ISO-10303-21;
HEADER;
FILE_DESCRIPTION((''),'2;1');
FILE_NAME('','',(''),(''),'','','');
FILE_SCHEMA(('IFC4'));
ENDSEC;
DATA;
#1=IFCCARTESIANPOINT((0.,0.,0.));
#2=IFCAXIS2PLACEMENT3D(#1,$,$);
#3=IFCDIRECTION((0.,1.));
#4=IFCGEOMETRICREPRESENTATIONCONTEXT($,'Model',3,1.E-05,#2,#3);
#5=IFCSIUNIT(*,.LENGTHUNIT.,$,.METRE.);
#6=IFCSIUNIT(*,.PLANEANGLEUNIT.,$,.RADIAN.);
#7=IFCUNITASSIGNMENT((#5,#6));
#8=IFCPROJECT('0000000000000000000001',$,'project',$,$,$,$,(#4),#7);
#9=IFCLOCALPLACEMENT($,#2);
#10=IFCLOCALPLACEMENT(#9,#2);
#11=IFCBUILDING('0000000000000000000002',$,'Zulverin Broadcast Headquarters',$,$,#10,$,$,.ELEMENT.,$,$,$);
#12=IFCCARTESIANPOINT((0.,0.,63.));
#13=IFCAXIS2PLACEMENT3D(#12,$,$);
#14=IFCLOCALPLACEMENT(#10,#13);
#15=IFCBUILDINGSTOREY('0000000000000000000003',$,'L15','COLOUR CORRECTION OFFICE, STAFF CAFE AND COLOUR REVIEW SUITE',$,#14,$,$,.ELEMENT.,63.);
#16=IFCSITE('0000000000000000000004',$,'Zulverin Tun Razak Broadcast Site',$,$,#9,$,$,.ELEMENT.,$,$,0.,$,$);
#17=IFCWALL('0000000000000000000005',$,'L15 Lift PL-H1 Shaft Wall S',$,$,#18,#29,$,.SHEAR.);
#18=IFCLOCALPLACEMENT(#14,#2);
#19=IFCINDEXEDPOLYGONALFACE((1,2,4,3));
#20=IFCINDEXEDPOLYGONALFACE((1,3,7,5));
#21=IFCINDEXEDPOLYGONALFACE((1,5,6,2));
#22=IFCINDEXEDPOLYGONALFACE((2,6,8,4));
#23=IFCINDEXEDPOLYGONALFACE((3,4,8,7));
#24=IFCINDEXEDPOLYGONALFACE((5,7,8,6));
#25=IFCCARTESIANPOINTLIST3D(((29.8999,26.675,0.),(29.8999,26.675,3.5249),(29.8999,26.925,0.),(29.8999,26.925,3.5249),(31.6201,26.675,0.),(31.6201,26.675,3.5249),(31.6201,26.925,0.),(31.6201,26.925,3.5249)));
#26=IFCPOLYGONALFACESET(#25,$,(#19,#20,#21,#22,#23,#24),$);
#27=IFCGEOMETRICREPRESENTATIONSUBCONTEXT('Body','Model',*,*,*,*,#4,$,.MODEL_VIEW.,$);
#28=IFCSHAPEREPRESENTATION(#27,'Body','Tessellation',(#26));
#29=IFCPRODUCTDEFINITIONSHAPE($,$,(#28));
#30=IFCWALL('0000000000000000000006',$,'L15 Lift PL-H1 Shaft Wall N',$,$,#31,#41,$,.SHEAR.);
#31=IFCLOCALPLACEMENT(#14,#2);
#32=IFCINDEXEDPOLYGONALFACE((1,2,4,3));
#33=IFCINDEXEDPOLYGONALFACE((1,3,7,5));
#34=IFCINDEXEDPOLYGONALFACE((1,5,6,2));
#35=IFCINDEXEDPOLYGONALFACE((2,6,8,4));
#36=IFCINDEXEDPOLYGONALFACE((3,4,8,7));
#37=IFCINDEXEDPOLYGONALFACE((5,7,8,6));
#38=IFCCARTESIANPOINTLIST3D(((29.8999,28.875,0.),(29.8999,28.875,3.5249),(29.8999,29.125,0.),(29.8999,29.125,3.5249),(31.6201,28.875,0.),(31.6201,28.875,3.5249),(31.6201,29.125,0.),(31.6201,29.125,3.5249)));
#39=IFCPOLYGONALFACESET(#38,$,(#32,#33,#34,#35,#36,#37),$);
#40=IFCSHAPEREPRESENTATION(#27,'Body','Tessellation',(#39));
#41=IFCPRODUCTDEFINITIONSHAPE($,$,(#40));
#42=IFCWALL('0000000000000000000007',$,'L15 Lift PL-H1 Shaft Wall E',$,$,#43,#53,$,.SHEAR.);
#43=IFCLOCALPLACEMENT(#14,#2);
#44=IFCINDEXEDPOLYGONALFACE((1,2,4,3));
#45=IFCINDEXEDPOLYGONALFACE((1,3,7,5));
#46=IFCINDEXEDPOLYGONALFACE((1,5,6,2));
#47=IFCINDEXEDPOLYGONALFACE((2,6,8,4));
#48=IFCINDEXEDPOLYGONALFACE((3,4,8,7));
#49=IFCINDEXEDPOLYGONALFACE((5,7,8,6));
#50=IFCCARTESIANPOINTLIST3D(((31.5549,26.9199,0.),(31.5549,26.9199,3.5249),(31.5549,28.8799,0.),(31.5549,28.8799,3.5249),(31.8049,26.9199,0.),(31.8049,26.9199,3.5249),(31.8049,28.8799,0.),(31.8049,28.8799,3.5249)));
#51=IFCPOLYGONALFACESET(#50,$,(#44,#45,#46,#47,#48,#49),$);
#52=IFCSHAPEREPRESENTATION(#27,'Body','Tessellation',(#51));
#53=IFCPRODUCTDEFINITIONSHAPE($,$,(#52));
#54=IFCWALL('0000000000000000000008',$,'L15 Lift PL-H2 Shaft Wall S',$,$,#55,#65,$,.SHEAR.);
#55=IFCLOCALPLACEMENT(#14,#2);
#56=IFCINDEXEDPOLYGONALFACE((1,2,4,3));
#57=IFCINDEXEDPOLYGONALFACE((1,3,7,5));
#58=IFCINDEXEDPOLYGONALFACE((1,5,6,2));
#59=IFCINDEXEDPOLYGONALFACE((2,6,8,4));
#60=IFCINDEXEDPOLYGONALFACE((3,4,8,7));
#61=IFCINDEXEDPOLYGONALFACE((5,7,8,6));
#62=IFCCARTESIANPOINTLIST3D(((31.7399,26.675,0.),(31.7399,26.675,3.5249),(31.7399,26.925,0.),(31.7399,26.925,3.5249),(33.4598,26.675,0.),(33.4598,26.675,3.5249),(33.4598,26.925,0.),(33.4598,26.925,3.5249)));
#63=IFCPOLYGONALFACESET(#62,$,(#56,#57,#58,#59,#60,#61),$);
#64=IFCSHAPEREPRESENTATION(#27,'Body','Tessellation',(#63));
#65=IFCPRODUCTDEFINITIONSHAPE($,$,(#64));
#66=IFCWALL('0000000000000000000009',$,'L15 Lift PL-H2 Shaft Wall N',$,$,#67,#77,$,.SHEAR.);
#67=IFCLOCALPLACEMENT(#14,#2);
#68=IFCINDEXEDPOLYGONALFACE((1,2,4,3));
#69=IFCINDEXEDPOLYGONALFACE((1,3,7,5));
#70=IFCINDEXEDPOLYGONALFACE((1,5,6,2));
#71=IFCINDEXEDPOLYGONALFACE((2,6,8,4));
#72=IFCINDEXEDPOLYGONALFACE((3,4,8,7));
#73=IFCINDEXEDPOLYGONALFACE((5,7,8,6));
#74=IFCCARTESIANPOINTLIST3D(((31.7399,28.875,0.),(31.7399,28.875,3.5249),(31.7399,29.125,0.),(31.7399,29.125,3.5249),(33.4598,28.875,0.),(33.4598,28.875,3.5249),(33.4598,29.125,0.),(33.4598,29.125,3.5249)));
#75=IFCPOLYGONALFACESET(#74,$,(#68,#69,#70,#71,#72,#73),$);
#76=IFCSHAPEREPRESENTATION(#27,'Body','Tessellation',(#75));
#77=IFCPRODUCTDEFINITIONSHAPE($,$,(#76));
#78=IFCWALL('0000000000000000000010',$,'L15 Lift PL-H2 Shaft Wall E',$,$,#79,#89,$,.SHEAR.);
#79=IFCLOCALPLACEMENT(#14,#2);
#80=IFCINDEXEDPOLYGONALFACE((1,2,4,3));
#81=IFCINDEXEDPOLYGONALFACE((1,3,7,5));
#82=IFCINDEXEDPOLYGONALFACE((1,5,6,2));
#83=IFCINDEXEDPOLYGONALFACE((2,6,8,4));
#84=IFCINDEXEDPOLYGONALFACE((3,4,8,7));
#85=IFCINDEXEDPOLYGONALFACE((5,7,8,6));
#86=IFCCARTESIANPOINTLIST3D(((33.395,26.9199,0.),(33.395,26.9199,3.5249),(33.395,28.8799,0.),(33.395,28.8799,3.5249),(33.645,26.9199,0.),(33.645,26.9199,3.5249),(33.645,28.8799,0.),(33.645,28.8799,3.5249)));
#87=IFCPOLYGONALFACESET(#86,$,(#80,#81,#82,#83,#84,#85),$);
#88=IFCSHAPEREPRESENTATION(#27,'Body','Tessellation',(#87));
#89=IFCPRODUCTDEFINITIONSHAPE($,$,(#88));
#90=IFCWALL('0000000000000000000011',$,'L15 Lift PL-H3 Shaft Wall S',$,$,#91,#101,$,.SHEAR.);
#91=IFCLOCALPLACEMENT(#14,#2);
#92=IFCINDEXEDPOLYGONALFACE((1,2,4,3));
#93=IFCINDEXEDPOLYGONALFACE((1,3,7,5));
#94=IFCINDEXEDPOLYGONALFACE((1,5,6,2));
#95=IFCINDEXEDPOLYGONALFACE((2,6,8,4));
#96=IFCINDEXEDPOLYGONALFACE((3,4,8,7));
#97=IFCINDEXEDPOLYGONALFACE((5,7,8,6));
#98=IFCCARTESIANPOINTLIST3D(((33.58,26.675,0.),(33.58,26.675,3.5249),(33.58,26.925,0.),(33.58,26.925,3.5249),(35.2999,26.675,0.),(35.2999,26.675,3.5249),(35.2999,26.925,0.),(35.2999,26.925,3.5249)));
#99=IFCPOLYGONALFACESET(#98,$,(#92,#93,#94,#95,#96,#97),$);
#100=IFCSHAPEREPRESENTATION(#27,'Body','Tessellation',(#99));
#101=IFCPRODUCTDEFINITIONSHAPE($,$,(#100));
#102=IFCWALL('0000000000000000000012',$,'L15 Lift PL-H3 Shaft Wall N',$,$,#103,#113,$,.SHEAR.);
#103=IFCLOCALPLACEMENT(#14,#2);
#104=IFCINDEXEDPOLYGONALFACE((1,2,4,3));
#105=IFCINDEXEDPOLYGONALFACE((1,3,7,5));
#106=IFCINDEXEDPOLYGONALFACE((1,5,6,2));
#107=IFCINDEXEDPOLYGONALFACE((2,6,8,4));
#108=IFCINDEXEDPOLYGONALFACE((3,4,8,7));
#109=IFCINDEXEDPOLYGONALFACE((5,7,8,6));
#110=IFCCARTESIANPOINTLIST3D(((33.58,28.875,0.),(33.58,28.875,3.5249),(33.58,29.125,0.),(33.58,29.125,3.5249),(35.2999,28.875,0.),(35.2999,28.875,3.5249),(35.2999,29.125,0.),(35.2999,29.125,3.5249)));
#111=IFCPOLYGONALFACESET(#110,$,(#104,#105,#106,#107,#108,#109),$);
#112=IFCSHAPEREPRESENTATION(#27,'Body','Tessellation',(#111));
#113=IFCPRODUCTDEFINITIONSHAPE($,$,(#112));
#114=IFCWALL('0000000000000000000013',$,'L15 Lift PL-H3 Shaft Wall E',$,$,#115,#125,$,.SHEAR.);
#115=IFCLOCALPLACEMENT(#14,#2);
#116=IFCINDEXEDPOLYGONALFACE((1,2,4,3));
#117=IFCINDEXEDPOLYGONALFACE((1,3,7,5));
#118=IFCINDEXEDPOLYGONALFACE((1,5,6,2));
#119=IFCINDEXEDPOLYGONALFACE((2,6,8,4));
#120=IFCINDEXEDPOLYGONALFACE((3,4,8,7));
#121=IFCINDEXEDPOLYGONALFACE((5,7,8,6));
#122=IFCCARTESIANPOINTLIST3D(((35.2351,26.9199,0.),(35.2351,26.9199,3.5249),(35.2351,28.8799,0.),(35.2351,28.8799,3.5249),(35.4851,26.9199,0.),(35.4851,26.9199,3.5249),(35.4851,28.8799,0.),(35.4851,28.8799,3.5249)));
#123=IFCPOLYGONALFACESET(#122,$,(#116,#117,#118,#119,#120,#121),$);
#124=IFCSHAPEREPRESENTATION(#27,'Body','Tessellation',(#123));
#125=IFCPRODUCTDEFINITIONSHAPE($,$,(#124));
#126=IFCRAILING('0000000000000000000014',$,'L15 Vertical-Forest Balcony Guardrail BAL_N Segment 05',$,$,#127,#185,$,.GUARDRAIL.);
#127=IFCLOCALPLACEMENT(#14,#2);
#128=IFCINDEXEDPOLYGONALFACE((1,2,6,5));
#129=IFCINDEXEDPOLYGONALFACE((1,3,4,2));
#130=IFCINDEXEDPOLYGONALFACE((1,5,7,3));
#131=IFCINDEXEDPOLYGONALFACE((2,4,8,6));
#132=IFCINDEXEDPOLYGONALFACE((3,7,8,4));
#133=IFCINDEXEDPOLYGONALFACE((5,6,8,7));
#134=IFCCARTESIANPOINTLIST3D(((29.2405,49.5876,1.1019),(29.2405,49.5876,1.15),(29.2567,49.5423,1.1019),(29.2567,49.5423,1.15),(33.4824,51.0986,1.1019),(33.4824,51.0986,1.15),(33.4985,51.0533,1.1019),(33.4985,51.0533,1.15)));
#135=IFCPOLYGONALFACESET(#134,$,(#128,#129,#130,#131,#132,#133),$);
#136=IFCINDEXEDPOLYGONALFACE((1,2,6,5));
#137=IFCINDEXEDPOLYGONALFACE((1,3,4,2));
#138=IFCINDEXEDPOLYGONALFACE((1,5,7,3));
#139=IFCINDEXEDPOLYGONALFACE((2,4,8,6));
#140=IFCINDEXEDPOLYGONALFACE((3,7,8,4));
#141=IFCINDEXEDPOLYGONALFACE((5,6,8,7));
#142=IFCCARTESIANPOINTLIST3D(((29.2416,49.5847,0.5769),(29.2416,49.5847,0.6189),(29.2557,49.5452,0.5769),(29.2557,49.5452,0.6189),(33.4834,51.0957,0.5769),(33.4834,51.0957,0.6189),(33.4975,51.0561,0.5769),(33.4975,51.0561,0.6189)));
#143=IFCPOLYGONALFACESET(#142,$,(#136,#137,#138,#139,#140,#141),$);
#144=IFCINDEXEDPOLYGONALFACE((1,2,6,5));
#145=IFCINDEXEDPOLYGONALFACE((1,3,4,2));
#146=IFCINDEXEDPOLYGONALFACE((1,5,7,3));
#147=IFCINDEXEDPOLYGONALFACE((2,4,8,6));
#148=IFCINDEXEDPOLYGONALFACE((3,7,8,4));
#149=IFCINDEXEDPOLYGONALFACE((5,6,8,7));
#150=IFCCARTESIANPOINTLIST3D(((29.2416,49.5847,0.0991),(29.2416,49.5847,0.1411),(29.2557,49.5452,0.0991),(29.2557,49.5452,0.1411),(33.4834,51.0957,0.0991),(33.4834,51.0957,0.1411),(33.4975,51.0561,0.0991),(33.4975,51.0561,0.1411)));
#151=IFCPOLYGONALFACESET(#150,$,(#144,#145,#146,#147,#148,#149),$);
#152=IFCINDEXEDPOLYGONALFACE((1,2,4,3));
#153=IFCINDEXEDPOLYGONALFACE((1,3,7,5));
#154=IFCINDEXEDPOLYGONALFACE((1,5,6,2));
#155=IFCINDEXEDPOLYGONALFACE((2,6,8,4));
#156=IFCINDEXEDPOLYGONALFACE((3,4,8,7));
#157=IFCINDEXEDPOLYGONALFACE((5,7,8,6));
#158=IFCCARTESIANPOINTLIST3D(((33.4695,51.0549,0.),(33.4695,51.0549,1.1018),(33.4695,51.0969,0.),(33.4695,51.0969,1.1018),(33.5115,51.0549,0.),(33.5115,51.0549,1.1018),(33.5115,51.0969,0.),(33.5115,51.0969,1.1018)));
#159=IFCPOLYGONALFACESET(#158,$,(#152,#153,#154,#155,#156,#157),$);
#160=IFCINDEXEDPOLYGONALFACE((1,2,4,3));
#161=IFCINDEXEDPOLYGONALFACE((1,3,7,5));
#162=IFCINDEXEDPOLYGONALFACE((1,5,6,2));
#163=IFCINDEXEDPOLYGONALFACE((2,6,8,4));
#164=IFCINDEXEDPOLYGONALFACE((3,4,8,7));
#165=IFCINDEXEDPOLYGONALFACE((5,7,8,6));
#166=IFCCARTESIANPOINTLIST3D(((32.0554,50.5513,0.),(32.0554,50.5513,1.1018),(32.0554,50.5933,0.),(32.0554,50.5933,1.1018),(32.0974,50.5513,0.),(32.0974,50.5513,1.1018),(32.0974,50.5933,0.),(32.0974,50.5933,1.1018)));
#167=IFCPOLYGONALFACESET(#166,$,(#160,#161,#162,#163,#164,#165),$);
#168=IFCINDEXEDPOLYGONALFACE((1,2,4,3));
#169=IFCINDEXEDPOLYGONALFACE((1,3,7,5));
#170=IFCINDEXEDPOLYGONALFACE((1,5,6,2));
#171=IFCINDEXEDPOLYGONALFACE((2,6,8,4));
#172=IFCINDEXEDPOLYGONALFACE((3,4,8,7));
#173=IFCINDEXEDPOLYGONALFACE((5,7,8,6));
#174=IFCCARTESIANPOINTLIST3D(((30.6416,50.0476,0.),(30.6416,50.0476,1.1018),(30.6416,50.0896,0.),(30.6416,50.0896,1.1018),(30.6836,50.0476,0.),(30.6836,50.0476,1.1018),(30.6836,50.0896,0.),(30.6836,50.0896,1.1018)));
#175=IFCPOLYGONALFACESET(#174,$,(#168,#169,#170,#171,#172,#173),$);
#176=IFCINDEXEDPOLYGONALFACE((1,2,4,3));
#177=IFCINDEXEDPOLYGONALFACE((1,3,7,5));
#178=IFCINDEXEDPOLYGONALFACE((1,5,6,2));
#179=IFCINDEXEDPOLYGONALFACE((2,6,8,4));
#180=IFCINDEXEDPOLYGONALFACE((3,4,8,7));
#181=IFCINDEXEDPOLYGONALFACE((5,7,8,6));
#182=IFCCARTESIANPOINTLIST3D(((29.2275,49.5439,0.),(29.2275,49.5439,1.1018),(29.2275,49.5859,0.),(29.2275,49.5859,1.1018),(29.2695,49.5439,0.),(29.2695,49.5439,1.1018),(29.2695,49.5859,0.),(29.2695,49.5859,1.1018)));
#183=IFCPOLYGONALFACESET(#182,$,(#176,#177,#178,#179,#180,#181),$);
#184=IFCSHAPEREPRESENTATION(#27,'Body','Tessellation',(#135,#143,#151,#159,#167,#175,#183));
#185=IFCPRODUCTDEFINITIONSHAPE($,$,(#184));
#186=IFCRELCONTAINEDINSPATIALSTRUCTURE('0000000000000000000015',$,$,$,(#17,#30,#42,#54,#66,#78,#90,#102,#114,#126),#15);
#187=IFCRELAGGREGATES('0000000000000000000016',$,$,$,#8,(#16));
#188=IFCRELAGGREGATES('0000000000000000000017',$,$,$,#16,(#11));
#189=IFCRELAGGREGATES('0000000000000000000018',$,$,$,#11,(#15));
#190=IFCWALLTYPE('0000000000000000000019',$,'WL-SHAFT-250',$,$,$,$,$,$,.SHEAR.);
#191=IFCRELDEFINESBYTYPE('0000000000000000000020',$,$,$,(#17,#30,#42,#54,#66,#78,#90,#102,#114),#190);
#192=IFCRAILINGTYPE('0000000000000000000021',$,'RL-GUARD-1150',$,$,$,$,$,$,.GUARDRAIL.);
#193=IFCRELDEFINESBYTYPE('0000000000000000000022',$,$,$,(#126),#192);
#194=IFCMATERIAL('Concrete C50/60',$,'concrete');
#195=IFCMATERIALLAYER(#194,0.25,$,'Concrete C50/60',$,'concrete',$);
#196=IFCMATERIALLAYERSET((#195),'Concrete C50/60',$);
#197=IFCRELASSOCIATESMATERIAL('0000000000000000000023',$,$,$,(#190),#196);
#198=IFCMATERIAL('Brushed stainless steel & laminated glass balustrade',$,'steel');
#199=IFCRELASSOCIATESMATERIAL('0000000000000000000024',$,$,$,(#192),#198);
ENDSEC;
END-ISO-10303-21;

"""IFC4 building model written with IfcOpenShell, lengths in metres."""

from ifc_helpers import new_model, si_unit, direction, frame, frame_2d, origin, origin_2d, place, context, subcontext, project, spatial, rectangle, extrude, material, layer, layer_set, type_object, element, save


model = new_model("IFC4")

# Units and contexts
model_context = context("Model", 3, precision=1e-05, world=origin(), true_north=direction((0.0, 1.0)))
body_context = subcontext(model_context, "Body", "Model", "MODEL_VIEW")
ifc_project = project(units=[si_unit("LENGTHUNIT", "METRE"), si_unit("PLANEANGLEUNIT", "RADIAN")], contexts=[model_context])

# Site, building, storey
site_placement = place(None, origin())
site = spatial("IfcSite", under=ifc_project, at=site_placement, Name="Zulverin Tun Razak Broadcast Site", CompositionType="ELEMENT", RefElevation=0.0)
building_placement = place(site_placement, origin())
building = spatial("IfcBuilding", under=site, at=building_placement, Name="Zulverin Broadcast Headquarters", CompositionType="ELEMENT")
storey_placement = place(building_placement, frame((0.0, 0.0, 63.0)))
storey = spatial("IfcBuildingStorey", under=building, at=storey_placement, Name="L15", Description="COLOUR CORRECTION OFFICE, STAFF CAFE AND COLOUR REVIEW SUITE", CompositionType="ELEMENT", Elevation=63.0)

# Shared definitions
ifc_material_1 = material(Name="Concrete C50/60", Category="concrete")
ifc_layer_1 = layer(ifc_material_1, 0.25, Name="Concrete C50/60", Category="concrete")
ifc_layer_set_1 = layer_set([ifc_layer_1], Name="Concrete C50/60")
wall_type_1 = type_object("IfcWallType", Name="WL-SHAFT-250", PredefinedType="SHEAR", material=ifc_layer_set_1)

# Walls
for number, where, z_axis, x_axis, name in (
    (1, (29.8999, 26.8, 0.0), (0.0, 0.0, 1.0), (1.0, 0.0, 0.0), "L15 Lift PL-H1 Shaft Wall S"),
    (2, (29.8999, 29.0, 0.0), (0.0, 0.0, 1.0), (1.0, 0.0, 0.0), "L15 Lift PL-H1 Shaft Wall N"),
):
    element("IfcWall", number, at=place(storey_placement, frame(where, z_axis=z_axis, x_axis=x_axis)), inside=storey, type_object=wall_type_1, Name=name, PredefinedType="SHEAR", context=body_context, shape_type="SweptSolid", body=[
        extrude(rectangle(XDim=1.7202, YDim=0.25, at=frame_2d((0.8601, 0.0))), origin(), (0.0, 0.0, 1.0), 3.5249),
    ])
wall_1_placement = place(storey_placement, frame((31.6799, 26.9199, 0.0), z_axis=(0.0, 0.0, 1.0), x_axis=(0.0, 1.0, 0.0)))
element("IfcWall", 3, at=wall_1_placement, inside=storey, type_object=wall_type_1, Name="L15 Lift PL-H1 Shaft Wall E", PredefinedType="SHEAR", context=body_context, shape_type="SweptSolid", body=[
    extrude(rectangle(XDim=1.96, YDim=0.25, at=frame_2d((0.98, 0.0))), origin(), (0.0, 0.0, 1.0), 3.5249),
])
for number, where, z_axis, x_axis, name in (
    (4, (31.74, 26.8, 0.0), (0.0, 0.0, 1.0), (1.0, 0.0, 0.0), "L15 Lift PL-H2 Shaft Wall S"),
    (5, (31.74, 29.0, 0.0), (0.0, 0.0, 1.0), (1.0, 0.0, 0.0), "L15 Lift PL-H2 Shaft Wall N"),
):
    element("IfcWall", number, at=place(storey_placement, frame(where, z_axis=z_axis, x_axis=x_axis)), inside=storey, type_object=wall_type_1, Name=name, PredefinedType="SHEAR", context=body_context, shape_type="SweptSolid", body=[
        extrude(rectangle(XDim=1.72, YDim=0.25, at=frame_2d((0.8599, 0.0))), origin(), (0.0, 0.0, 1.0), 3.5249),
    ])
wall_2_placement = place(storey_placement, frame((33.52, 26.9199, 0.0), z_axis=(0.0, 0.0, 1.0), x_axis=(0.0, 1.0, 0.0)))
element("IfcWall", 6, at=wall_2_placement, inside=storey, type_object=wall_type_1, Name="L15 Lift PL-H2 Shaft Wall E", PredefinedType="SHEAR", context=body_context, shape_type="SweptSolid", body=[
    extrude(rectangle(XDim=1.96, YDim=0.25, at=frame_2d((0.98, 0.0))), origin(), (0.0, 0.0, 1.0), 3.5249),
])
for number, where, z_axis, x_axis, name in (
    (7, (33.5801, 26.8, 0.0), (0.0, 0.0, 1.0), (1.0, 0.0, 0.0), "L15 Lift PL-H3 Shaft Wall S"),
    (8, (33.5801, 29.0, 0.0), (0.0, 0.0, 1.0), (1.0, 0.0, 0.0), "L15 Lift PL-H3 Shaft Wall N"),
):
    element("IfcWall", number, at=place(storey_placement, frame(where, z_axis=z_axis, x_axis=x_axis)), inside=storey, type_object=wall_type_1, Name=name, PredefinedType="SHEAR", context=body_context, shape_type="SweptSolid", body=[
        extrude(rectangle(XDim=1.72, YDim=0.25, at=frame_2d((0.8599, 0.0))), origin(), (0.0, 0.0, 1.0), 3.5249),
    ])
wall_3_placement = place(storey_placement, frame((35.3601, 26.9199, 0.0), z_axis=(0.0, 0.0, 1.0), x_axis=(0.0, 1.0, 0.0)))
element("IfcWall", 9, at=wall_3_placement, inside=storey, type_object=wall_type_1, Name="L15 Lift PL-H3 Shaft Wall E", PredefinedType="SHEAR", context=body_context, shape_type="SweptSolid", body=[
    extrude(rectangle(XDim=1.96, YDim=0.25, at=frame_2d((0.98, 0.0))), origin(), (0.0, 0.0, 1.0), 3.5249),
])

# Railing
ifc_material_2 = material(Name="Brushed stainless steel & laminated glass balustrade", Category="steel")
railing_type = type_object("IfcRailingType", Name="RL-GUARD-1150", PredefinedType="GUARDRAIL", material=ifc_material_2)
railing_1_placement = place(storey_placement, frame((33.4905, 51.0759, 0.0)))
element("IfcRailing", 10, at=railing_1_placement, inside=storey, type_object=railing_type, Name="L15 Vertical-Forest Balcony Guardrail BAL_N Segment 05", PredefinedType="GUARDRAIL", context=body_context, shape_type="SweptSolid", body=[
    extrude(rectangle(XDim=0.0481, YDim=0.0481, at=origin_2d()), frame((0.0, 0.0, 1.126), z_axis=(-0.942022, -0.33555, 0.0), x_axis=(0.33555, -0.942022, 0.0)), (0.0, 0.0, 1.0), 4.5029),
    extrude(rectangle(XDim=0.042, YDim=0.042, at=origin_2d()), frame((0.0, 0.0, 0.5979), z_axis=(-0.942022, -0.33555, 0.0), x_axis=(0.33555, -0.942022, 0.0)), (0.0, 0.0, 1.0), 4.5029),
    extrude(rectangle(XDim=0.042, YDim=0.042, at=origin_2d()), frame((0.0, 0.0, 0.1201), z_axis=(-0.942022, -0.33555, 0.0), x_axis=(0.33555, -0.942022, 0.0)), (0.0, 0.0, 1.0), 4.5029),
    extrude(rectangle(XDim=0.042, YDim=0.042, at=origin_2d()), origin(), (0.0, 0.0, 1.0), 1.1018),
    extrude(rectangle(XDim=0.042, YDim=0.042, at=origin_2d()), frame((-1.4141, -0.5037, 0.0)), (0.0, 0.0, 1.0), 1.1018),
    extrude(rectangle(XDim=0.042, YDim=0.042, at=origin_2d()), frame((-2.8279, -1.0073, 0.0)), (0.0, 0.0, 1.0), 1.1018),
    extrude(rectangle(XDim=0.042, YDim=0.042, at=origin_2d()), frame((-4.2419, -1.511, 0.0)), (0.0, 0.0, 1.0), 1.1018),
])

save(model, "model.ifc")
